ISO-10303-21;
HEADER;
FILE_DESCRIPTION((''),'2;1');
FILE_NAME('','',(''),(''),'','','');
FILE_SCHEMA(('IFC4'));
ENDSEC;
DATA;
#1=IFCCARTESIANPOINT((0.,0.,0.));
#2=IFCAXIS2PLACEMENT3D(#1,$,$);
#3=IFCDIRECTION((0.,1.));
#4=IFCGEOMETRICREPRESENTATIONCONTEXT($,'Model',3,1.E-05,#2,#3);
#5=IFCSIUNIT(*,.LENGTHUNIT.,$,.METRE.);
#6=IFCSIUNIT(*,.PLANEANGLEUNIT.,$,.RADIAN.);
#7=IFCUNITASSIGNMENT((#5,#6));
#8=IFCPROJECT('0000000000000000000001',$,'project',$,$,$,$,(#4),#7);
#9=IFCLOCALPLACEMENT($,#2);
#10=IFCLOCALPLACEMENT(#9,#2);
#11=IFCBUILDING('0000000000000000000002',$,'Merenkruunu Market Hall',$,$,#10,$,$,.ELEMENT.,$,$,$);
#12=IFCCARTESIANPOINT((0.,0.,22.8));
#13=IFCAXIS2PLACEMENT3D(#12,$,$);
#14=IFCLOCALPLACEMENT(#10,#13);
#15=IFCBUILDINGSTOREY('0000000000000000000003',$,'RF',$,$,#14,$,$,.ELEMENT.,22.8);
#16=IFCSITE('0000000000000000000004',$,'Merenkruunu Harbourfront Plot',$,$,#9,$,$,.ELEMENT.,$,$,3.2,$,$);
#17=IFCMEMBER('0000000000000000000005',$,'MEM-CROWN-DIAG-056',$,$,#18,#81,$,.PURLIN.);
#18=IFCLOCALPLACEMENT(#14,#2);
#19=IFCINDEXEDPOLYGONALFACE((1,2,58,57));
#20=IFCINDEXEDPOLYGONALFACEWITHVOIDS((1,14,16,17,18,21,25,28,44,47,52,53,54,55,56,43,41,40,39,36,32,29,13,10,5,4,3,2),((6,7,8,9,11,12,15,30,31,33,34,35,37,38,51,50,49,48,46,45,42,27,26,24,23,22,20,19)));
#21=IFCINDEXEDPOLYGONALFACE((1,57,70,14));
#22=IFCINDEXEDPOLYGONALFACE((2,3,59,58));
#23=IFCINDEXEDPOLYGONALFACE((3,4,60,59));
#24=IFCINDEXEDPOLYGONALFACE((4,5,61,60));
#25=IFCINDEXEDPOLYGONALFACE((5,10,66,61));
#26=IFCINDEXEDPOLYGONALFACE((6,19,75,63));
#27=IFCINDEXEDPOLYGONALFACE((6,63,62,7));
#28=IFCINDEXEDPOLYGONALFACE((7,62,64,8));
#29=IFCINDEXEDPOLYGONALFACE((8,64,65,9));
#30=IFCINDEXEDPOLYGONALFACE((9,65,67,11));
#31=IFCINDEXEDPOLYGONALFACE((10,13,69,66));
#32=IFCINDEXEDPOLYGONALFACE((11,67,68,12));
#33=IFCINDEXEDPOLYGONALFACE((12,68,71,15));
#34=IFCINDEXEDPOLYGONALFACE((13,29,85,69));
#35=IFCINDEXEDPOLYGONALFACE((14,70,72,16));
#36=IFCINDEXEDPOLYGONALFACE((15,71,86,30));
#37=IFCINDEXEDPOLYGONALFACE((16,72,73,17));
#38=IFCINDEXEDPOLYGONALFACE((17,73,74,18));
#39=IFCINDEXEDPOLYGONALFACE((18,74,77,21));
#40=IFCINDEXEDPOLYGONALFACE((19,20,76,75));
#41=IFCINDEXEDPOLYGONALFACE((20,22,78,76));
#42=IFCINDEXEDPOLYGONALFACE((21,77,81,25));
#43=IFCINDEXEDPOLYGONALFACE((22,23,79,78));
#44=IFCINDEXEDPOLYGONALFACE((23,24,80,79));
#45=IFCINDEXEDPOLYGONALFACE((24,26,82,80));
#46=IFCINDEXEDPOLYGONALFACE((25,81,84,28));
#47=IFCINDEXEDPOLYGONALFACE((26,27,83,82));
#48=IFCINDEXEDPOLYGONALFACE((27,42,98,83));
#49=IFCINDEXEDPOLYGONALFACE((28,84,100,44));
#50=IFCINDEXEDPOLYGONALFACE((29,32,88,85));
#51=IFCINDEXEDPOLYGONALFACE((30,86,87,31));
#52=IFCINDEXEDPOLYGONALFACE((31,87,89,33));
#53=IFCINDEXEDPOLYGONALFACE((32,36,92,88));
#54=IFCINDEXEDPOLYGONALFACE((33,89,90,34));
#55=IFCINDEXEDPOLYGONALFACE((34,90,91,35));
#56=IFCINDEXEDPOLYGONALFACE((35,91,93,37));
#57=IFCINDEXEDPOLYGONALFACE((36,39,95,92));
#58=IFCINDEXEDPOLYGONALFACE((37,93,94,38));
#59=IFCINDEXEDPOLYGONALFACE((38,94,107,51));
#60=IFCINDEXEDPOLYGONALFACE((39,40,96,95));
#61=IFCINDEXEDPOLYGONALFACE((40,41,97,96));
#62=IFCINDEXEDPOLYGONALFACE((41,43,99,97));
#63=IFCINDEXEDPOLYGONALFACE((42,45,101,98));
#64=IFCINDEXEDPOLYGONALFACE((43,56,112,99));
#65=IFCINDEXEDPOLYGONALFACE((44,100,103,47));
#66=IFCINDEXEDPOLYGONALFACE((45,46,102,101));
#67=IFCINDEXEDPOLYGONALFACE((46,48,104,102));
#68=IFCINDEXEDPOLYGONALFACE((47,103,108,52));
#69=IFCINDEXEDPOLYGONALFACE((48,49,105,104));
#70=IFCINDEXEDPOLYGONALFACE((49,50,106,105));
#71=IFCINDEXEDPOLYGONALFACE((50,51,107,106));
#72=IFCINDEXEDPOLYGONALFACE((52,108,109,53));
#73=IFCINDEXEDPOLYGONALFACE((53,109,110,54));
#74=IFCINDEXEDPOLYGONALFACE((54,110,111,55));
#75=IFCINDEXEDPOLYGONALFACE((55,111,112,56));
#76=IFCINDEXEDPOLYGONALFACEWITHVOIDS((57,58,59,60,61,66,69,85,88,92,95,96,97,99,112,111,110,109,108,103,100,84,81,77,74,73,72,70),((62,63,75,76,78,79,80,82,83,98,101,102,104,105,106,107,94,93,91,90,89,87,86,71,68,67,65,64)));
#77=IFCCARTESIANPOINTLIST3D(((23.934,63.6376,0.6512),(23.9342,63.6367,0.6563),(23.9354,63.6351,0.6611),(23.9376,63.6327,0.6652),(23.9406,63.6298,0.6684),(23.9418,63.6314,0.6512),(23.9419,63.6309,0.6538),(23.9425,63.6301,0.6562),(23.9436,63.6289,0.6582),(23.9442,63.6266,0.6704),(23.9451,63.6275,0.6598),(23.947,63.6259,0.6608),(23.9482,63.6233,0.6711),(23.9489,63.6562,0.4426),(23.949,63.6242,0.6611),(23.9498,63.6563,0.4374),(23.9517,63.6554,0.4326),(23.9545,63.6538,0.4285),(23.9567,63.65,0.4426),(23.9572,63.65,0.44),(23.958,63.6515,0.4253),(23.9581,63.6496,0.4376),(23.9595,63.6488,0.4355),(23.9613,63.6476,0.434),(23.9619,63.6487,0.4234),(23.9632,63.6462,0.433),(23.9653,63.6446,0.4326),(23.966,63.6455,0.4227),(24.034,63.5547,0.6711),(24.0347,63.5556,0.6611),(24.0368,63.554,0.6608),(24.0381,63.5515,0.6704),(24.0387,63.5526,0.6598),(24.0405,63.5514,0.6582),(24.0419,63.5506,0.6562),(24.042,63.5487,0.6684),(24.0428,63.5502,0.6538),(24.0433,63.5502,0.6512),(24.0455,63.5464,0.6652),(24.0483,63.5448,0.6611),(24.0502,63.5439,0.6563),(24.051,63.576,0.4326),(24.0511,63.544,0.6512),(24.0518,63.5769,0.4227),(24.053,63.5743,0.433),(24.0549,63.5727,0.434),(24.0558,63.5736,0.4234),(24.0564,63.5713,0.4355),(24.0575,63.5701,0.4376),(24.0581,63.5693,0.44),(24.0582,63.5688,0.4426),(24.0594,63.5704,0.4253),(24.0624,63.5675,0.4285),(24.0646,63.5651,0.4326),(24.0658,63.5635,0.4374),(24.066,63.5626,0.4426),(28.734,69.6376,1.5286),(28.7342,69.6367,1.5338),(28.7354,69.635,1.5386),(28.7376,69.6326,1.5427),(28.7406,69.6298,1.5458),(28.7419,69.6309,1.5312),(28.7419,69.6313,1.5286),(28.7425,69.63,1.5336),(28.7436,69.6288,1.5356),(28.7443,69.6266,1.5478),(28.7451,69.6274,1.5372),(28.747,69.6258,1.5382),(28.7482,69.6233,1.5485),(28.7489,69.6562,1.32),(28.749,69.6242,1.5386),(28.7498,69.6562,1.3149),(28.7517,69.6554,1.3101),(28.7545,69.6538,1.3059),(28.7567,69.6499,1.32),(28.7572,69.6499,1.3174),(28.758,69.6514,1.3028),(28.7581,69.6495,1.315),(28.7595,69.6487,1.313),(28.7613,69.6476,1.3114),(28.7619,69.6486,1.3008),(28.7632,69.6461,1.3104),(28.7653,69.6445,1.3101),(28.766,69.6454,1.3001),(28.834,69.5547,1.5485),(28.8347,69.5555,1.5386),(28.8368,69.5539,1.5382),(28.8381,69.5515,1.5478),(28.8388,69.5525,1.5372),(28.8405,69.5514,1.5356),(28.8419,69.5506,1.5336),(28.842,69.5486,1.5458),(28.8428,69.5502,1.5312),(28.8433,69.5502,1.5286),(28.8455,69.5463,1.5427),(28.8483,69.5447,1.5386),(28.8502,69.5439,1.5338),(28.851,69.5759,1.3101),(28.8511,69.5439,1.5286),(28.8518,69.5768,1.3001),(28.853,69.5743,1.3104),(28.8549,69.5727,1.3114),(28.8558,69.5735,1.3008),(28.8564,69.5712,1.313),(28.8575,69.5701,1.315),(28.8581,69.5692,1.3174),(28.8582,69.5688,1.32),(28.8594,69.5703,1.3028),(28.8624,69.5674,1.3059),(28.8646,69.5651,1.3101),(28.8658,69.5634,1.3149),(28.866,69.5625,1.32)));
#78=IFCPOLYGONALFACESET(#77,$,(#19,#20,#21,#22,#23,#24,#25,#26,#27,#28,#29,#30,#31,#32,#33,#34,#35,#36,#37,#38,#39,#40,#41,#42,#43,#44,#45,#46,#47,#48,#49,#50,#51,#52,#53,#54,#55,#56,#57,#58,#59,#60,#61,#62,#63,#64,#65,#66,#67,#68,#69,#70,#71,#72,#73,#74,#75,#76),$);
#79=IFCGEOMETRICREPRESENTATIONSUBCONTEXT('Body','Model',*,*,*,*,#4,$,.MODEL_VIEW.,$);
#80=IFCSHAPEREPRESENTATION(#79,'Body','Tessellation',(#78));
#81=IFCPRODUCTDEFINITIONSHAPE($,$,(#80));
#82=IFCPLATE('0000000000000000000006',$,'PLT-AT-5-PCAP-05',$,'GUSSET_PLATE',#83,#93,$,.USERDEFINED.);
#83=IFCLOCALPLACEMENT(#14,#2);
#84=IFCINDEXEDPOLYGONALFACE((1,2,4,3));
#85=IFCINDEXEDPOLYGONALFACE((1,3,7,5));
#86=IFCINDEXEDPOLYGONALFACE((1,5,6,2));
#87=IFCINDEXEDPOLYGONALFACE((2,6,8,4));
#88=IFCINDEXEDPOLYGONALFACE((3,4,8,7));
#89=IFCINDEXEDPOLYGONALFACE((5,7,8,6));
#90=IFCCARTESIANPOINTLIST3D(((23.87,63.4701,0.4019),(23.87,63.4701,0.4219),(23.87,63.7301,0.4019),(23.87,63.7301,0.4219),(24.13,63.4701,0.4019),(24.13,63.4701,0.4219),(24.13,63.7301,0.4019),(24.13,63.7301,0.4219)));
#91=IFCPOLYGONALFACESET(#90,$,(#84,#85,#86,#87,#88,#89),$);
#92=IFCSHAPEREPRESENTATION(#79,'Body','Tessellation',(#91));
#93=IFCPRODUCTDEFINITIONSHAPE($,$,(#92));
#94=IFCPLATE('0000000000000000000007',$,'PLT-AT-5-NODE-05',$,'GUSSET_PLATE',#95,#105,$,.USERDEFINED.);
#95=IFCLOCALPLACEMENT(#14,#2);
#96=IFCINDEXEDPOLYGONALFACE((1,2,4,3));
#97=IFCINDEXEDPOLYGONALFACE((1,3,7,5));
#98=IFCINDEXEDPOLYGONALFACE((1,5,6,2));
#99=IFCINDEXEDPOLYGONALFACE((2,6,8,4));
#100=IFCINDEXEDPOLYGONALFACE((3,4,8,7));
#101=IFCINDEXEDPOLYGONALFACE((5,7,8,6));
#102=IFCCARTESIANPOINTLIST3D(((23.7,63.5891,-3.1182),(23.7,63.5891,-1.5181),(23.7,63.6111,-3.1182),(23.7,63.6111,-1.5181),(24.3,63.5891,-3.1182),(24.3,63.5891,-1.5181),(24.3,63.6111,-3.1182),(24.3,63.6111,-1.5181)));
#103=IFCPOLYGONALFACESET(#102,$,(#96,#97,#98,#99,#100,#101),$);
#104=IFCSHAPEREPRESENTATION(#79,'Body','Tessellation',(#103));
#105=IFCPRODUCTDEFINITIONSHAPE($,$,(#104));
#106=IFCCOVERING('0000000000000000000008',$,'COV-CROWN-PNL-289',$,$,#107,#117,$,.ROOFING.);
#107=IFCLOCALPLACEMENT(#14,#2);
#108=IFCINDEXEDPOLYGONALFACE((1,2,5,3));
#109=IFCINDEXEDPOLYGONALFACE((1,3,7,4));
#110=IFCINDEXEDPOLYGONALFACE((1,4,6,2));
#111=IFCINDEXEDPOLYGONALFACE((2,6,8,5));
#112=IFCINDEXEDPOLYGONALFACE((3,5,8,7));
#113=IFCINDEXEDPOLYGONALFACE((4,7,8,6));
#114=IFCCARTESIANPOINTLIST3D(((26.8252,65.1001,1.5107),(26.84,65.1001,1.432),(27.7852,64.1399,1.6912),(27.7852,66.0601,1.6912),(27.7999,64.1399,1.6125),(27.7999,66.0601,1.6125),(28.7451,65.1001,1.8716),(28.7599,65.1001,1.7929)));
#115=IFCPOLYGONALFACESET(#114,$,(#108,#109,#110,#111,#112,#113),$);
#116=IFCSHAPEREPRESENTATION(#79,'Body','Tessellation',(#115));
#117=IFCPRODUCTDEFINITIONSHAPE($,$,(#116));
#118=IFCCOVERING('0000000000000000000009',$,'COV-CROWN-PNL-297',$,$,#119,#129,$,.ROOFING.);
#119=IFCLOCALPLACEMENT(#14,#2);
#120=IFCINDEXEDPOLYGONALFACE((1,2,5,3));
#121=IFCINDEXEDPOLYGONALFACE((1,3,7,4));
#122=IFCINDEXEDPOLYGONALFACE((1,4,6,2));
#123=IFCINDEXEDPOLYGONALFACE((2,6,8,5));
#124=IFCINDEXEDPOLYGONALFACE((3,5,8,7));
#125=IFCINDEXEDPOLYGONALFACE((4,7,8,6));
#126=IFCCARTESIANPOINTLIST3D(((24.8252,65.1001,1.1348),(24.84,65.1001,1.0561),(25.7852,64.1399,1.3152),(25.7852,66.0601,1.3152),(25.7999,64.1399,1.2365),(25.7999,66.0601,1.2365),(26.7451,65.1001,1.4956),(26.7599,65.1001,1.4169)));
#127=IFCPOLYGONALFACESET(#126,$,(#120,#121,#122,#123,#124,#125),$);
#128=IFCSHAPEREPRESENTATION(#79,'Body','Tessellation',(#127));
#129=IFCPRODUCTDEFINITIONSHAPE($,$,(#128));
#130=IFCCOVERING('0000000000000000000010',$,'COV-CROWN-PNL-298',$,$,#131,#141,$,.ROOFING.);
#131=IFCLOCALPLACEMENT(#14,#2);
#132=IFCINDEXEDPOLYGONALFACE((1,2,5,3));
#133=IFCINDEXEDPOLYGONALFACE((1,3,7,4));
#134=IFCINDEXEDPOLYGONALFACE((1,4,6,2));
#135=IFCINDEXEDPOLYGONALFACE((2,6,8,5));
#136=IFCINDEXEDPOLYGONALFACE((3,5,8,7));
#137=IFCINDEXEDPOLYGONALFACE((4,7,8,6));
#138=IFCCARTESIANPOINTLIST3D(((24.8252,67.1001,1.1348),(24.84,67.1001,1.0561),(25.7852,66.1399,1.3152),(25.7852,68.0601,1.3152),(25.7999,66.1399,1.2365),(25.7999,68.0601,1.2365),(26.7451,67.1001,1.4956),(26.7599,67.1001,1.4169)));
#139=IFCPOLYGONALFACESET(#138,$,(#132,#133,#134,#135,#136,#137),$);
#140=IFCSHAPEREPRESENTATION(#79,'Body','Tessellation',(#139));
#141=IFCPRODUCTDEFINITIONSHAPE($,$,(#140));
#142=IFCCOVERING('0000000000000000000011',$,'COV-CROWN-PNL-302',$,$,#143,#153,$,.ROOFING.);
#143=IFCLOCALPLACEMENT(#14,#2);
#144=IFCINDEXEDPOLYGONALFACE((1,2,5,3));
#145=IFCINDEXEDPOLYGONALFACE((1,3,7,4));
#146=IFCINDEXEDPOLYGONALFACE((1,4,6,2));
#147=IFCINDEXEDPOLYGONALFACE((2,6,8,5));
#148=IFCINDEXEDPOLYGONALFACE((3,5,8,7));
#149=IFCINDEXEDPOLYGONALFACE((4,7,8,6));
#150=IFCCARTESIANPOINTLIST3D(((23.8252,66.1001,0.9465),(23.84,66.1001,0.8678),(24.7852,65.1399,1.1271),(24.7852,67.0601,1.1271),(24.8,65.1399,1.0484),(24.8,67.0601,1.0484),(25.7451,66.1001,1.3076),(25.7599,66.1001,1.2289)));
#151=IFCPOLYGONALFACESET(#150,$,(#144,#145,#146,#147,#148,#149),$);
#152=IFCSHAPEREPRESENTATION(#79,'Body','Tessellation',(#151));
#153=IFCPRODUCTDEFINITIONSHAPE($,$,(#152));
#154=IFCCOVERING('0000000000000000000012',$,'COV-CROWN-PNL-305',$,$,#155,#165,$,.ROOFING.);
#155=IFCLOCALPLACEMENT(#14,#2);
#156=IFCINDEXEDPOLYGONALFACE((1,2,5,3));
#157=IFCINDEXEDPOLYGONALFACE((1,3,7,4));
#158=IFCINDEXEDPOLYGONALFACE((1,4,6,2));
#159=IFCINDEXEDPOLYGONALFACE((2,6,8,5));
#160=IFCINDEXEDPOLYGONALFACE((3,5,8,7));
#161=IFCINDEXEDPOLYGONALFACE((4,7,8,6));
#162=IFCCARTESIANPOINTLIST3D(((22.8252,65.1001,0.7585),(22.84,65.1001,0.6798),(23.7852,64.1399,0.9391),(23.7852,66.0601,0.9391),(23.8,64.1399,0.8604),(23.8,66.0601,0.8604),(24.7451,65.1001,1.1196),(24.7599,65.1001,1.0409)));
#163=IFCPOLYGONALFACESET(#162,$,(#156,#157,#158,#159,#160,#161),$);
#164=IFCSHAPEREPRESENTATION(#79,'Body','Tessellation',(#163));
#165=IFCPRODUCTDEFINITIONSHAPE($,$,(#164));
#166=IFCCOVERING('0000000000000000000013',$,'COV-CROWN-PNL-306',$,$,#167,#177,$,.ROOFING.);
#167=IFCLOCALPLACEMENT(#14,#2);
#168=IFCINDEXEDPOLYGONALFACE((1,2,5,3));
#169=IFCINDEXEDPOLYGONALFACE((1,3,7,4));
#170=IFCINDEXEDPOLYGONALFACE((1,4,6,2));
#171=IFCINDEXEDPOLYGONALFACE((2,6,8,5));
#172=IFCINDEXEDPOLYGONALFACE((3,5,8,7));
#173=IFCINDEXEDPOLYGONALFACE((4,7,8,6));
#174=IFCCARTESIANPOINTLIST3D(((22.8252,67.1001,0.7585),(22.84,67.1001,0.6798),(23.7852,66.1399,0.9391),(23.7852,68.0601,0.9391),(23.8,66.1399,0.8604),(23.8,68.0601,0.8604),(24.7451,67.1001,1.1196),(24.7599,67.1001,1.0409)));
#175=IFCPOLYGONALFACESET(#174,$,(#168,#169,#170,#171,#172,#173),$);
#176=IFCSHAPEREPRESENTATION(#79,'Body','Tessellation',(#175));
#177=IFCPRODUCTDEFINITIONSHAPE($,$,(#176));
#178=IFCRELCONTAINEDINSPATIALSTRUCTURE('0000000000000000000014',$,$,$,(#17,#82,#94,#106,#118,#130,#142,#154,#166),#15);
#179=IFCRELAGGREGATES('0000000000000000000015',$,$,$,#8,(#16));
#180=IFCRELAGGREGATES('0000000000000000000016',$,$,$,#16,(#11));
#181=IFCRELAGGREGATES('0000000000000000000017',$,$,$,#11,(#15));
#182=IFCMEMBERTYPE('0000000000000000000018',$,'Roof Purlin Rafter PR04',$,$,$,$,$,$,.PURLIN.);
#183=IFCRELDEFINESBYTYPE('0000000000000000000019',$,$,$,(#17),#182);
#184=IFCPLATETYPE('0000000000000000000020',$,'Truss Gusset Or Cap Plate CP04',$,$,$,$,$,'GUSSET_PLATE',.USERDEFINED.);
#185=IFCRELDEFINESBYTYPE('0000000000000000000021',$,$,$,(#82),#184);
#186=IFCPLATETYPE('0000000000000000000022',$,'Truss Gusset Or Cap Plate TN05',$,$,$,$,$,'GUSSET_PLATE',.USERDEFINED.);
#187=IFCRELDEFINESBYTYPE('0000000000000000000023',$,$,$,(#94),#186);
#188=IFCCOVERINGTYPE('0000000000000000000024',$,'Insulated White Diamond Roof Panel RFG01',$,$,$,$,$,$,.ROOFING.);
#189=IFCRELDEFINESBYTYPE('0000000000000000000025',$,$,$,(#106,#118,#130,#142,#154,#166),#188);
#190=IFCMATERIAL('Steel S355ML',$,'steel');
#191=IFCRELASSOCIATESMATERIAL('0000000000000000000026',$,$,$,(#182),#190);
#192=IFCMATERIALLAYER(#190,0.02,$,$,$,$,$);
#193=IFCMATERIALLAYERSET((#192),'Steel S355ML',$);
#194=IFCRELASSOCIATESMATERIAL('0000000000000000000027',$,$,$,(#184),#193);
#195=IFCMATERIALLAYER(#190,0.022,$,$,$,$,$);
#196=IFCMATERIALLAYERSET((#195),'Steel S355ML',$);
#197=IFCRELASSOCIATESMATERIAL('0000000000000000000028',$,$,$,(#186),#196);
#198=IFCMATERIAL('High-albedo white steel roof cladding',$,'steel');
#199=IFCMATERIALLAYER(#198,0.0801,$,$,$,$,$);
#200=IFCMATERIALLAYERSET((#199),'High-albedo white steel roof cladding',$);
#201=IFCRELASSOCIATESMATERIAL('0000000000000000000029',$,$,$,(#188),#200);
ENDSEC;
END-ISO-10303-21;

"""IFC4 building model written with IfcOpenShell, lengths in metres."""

from ifc_helpers import new_model, si_unit, direction, frame, origin, origin_2d, place, context, subcontext, project, spatial, polyline, rectangle, hollow_rectangle, outline, extrude, material, layer, layer_set, material_profile, profile_set, type_object, element, save


model = new_model("IFC4")

# Units and contexts
model_context = context("Model", 3, precision=1e-05, world=origin(), true_north=direction((0.0, 1.0)))
body_context = subcontext(model_context, "Body", "Model", "MODEL_VIEW")
ifc_project = project(units=[si_unit("LENGTHUNIT", "METRE"), si_unit("PLANEANGLEUNIT", "RADIAN")], contexts=[model_context])

# Site, building, storey
site_placement = place(None, origin())
site = spatial("IfcSite", under=ifc_project, at=site_placement, Name="Merenkruunu Harbourfront Plot", CompositionType="ELEMENT", RefElevation=3.2)
building_placement = place(site_placement, origin())
building = spatial("IfcBuilding", under=site, at=building_placement, Name="Merenkruunu Market Hall", CompositionType="ELEMENT")
storey_placement = place(building_placement, frame((0.0, 0.0, 22.8)))
storey = spatial("IfcBuildingStorey", under=building, at=storey_placement, Name="RF", CompositionType="ELEMENT", Elevation=22.8)

# Member
ifc_material_1 = material(Name="Steel S355ML", Category="steel")
ifc_material_profile_1 = material_profile(ifc_material_1, hollow_rectangle(XDim=0.1499, YDim=0.25, WallThickness=0.01, InnerFilletRadius=0.01, OuterFilletRadius=0.02, at=origin_2d()), Name="RHS 250x150x10")
ifc_profile_set_1 = profile_set([ifc_material_profile_1], Name="Steel S355ML")
member_type_1 = type_object("IfcMemberType", Name="Roof Purlin Rafter PR04", PredefinedType="PURLIN", material=ifc_profile_set_1)
member_1_placement = place(storey_placement, frame((24.0, 63.6001, 0.5469), z_axis=(0.620665, 0.775824, 0.113457), x_axis=(-0.780866, 0.624699, 0.0)))
element("IfcMember", 1, at=member_1_placement, inside=storey, type_object=member_type_1, Name="MEM-CROWN-DIAG-056", PredefinedType="PURLIN", context=body_context, shape_type="SweptSolid", body=[
    extrude(hollow_rectangle(XDim=0.1499, YDim=0.25, WallThickness=0.01, InnerFilletRadius=0.01, OuterFilletRadius=0.02, at=origin_2d()), origin(), (0.0, 0.0, 1.0), 7.7336),
])

# Plates
ifc_layer_1 = layer(ifc_material_1, 0.02)
ifc_layer_set_1 = layer_set([ifc_layer_1], Name="Steel S355ML")
plate_type_1 = type_object("IfcPlateType", Name="Truss Gusset Or Cap Plate CP04", ElementType="GUSSET_PLATE", PredefinedType="USERDEFINED", material=ifc_layer_set_1)
plate_1_placement = place(storey_placement, frame((24.0, 63.6001, 0.4019), z_axis=(0.0, 0.0, 1.0), x_axis=(1.0, 0.0, 0.0)))
element("IfcPlate", 2, at=plate_1_placement, inside=storey, type_object=plate_type_1, Name="PLT-AT-5-PCAP-05", ObjectType="GUSSET_PLATE", PredefinedType="USERDEFINED", context=body_context, shape_type="SweptSolid", body=[
    extrude(rectangle(XDim=0.26, YDim=0.26, at=origin_2d()), origin(), (0.0, 0.0, 1.0), 0.02),
])
ifc_layer_2 = layer(ifc_material_1, 0.022)
ifc_layer_set_2 = layer_set([ifc_layer_2], Name="Steel S355ML")
plate_type_2 = type_object("IfcPlateType", Name="Truss Gusset Or Cap Plate TN05", ElementType="GUSSET_PLATE", PredefinedType="USERDEFINED", material=ifc_layer_set_2)
plate_2_placement = place(storey_placement, frame((24.0, 63.6001, -3.1182), z_axis=(0.0, 0.0, 1.0), x_axis=(1.0, 0.0, 0.0)))
element("IfcPlate", 3, at=plate_2_placement, inside=storey, type_object=plate_type_2, Name="PLT-AT-5-NODE-05", ObjectType="GUSSET_PLATE", PredefinedType="USERDEFINED", context=body_context, shape_type="SweptSolid", body=[
    extrude(rectangle(XDim=0.6001, YDim=0.022, at=origin_2d()), origin(), (0.0, 0.0, 1.0), 1.6001),
])

# Coverings
ifc_material_2 = material(Name="High-albedo white steel roof cladding", Category="steel")
ifc_layer_3 = layer(ifc_material_2, 0.0801)
ifc_layer_set_3 = layer_set([ifc_layer_3], Name="High-albedo white steel roof cladding")
covering_type = type_object("IfcCoveringType", Name="Insulated White Diamond Roof Panel RFG01", PredefinedType="ROOFING", material=ifc_layer_set_3)
for number, where, z_axis, x_axis, name in (
    (4, (26.8252, 65.1001, 1.5107), (-0.184711, 0.0, 0.982793), (0.700856, -0.701035, 0.131722), "COV-CROWN-PNL-289"),
    (5, (24.8252, 65.1001, 1.1348), (-0.184711, 0.0, 0.982793), (0.700856, -0.701035, 0.131722), "COV-CROWN-PNL-297"),
    (6, (24.8252, 67.1001, 1.1348), (-0.184711, 0.0, 0.982793), (0.700856, -0.701035, 0.131722), "COV-CROWN-PNL-298"),
):
    element("IfcCovering", number, at=place(storey_placement, frame(where, z_axis=z_axis, x_axis=x_axis)), inside=storey, type_object=covering_type, Name=name, PredefinedType="ROOFING", context=body_context, shape_type="SweptSolid", body=[
        extrude(outline(polyline([(0.0, 0.0), (1.3697, 0.0), (1.3931, 1.3695), (0.0236, 1.3693), (0.0, 0.0)])), origin(), (0.0, 0.0, -1.0), 0.0801),
    ])
for number, where, z_axis, x_axis, name in (
    (7, (23.8252, 66.1001, 0.9465), (-0.184832, 0.0, 0.98277), (0.700856, -0.701018, 0.131812), "COV-CROWN-PNL-302"),
    (8, (22.8252, 65.1001, 0.7585), (-0.184832, 0.0, 0.98277), (0.700856, -0.701018, 0.131812), "COV-CROWN-PNL-305"),
    (9, (22.8252, 67.1001, 0.7585), (-0.184832, 0.0, 0.98277), (0.700856, -0.701018, 0.131812), "COV-CROWN-PNL-306"),
):
    element("IfcCovering", number, at=place(storey_placement, frame(where, z_axis=z_axis, x_axis=x_axis)), inside=storey, type_object=covering_type, Name=name, PredefinedType="ROOFING", context=body_context, shape_type="SweptSolid", body=[
        extrude(outline(polyline([(0.0, 0.0), (1.3697, 0.0), (1.3932, 1.3695), (0.0237, 1.3694), (0.0, 0.0)])), origin(), (0.0, 0.0, -1.0), 0.0801),
    ])

save(model, "model.ifc")
